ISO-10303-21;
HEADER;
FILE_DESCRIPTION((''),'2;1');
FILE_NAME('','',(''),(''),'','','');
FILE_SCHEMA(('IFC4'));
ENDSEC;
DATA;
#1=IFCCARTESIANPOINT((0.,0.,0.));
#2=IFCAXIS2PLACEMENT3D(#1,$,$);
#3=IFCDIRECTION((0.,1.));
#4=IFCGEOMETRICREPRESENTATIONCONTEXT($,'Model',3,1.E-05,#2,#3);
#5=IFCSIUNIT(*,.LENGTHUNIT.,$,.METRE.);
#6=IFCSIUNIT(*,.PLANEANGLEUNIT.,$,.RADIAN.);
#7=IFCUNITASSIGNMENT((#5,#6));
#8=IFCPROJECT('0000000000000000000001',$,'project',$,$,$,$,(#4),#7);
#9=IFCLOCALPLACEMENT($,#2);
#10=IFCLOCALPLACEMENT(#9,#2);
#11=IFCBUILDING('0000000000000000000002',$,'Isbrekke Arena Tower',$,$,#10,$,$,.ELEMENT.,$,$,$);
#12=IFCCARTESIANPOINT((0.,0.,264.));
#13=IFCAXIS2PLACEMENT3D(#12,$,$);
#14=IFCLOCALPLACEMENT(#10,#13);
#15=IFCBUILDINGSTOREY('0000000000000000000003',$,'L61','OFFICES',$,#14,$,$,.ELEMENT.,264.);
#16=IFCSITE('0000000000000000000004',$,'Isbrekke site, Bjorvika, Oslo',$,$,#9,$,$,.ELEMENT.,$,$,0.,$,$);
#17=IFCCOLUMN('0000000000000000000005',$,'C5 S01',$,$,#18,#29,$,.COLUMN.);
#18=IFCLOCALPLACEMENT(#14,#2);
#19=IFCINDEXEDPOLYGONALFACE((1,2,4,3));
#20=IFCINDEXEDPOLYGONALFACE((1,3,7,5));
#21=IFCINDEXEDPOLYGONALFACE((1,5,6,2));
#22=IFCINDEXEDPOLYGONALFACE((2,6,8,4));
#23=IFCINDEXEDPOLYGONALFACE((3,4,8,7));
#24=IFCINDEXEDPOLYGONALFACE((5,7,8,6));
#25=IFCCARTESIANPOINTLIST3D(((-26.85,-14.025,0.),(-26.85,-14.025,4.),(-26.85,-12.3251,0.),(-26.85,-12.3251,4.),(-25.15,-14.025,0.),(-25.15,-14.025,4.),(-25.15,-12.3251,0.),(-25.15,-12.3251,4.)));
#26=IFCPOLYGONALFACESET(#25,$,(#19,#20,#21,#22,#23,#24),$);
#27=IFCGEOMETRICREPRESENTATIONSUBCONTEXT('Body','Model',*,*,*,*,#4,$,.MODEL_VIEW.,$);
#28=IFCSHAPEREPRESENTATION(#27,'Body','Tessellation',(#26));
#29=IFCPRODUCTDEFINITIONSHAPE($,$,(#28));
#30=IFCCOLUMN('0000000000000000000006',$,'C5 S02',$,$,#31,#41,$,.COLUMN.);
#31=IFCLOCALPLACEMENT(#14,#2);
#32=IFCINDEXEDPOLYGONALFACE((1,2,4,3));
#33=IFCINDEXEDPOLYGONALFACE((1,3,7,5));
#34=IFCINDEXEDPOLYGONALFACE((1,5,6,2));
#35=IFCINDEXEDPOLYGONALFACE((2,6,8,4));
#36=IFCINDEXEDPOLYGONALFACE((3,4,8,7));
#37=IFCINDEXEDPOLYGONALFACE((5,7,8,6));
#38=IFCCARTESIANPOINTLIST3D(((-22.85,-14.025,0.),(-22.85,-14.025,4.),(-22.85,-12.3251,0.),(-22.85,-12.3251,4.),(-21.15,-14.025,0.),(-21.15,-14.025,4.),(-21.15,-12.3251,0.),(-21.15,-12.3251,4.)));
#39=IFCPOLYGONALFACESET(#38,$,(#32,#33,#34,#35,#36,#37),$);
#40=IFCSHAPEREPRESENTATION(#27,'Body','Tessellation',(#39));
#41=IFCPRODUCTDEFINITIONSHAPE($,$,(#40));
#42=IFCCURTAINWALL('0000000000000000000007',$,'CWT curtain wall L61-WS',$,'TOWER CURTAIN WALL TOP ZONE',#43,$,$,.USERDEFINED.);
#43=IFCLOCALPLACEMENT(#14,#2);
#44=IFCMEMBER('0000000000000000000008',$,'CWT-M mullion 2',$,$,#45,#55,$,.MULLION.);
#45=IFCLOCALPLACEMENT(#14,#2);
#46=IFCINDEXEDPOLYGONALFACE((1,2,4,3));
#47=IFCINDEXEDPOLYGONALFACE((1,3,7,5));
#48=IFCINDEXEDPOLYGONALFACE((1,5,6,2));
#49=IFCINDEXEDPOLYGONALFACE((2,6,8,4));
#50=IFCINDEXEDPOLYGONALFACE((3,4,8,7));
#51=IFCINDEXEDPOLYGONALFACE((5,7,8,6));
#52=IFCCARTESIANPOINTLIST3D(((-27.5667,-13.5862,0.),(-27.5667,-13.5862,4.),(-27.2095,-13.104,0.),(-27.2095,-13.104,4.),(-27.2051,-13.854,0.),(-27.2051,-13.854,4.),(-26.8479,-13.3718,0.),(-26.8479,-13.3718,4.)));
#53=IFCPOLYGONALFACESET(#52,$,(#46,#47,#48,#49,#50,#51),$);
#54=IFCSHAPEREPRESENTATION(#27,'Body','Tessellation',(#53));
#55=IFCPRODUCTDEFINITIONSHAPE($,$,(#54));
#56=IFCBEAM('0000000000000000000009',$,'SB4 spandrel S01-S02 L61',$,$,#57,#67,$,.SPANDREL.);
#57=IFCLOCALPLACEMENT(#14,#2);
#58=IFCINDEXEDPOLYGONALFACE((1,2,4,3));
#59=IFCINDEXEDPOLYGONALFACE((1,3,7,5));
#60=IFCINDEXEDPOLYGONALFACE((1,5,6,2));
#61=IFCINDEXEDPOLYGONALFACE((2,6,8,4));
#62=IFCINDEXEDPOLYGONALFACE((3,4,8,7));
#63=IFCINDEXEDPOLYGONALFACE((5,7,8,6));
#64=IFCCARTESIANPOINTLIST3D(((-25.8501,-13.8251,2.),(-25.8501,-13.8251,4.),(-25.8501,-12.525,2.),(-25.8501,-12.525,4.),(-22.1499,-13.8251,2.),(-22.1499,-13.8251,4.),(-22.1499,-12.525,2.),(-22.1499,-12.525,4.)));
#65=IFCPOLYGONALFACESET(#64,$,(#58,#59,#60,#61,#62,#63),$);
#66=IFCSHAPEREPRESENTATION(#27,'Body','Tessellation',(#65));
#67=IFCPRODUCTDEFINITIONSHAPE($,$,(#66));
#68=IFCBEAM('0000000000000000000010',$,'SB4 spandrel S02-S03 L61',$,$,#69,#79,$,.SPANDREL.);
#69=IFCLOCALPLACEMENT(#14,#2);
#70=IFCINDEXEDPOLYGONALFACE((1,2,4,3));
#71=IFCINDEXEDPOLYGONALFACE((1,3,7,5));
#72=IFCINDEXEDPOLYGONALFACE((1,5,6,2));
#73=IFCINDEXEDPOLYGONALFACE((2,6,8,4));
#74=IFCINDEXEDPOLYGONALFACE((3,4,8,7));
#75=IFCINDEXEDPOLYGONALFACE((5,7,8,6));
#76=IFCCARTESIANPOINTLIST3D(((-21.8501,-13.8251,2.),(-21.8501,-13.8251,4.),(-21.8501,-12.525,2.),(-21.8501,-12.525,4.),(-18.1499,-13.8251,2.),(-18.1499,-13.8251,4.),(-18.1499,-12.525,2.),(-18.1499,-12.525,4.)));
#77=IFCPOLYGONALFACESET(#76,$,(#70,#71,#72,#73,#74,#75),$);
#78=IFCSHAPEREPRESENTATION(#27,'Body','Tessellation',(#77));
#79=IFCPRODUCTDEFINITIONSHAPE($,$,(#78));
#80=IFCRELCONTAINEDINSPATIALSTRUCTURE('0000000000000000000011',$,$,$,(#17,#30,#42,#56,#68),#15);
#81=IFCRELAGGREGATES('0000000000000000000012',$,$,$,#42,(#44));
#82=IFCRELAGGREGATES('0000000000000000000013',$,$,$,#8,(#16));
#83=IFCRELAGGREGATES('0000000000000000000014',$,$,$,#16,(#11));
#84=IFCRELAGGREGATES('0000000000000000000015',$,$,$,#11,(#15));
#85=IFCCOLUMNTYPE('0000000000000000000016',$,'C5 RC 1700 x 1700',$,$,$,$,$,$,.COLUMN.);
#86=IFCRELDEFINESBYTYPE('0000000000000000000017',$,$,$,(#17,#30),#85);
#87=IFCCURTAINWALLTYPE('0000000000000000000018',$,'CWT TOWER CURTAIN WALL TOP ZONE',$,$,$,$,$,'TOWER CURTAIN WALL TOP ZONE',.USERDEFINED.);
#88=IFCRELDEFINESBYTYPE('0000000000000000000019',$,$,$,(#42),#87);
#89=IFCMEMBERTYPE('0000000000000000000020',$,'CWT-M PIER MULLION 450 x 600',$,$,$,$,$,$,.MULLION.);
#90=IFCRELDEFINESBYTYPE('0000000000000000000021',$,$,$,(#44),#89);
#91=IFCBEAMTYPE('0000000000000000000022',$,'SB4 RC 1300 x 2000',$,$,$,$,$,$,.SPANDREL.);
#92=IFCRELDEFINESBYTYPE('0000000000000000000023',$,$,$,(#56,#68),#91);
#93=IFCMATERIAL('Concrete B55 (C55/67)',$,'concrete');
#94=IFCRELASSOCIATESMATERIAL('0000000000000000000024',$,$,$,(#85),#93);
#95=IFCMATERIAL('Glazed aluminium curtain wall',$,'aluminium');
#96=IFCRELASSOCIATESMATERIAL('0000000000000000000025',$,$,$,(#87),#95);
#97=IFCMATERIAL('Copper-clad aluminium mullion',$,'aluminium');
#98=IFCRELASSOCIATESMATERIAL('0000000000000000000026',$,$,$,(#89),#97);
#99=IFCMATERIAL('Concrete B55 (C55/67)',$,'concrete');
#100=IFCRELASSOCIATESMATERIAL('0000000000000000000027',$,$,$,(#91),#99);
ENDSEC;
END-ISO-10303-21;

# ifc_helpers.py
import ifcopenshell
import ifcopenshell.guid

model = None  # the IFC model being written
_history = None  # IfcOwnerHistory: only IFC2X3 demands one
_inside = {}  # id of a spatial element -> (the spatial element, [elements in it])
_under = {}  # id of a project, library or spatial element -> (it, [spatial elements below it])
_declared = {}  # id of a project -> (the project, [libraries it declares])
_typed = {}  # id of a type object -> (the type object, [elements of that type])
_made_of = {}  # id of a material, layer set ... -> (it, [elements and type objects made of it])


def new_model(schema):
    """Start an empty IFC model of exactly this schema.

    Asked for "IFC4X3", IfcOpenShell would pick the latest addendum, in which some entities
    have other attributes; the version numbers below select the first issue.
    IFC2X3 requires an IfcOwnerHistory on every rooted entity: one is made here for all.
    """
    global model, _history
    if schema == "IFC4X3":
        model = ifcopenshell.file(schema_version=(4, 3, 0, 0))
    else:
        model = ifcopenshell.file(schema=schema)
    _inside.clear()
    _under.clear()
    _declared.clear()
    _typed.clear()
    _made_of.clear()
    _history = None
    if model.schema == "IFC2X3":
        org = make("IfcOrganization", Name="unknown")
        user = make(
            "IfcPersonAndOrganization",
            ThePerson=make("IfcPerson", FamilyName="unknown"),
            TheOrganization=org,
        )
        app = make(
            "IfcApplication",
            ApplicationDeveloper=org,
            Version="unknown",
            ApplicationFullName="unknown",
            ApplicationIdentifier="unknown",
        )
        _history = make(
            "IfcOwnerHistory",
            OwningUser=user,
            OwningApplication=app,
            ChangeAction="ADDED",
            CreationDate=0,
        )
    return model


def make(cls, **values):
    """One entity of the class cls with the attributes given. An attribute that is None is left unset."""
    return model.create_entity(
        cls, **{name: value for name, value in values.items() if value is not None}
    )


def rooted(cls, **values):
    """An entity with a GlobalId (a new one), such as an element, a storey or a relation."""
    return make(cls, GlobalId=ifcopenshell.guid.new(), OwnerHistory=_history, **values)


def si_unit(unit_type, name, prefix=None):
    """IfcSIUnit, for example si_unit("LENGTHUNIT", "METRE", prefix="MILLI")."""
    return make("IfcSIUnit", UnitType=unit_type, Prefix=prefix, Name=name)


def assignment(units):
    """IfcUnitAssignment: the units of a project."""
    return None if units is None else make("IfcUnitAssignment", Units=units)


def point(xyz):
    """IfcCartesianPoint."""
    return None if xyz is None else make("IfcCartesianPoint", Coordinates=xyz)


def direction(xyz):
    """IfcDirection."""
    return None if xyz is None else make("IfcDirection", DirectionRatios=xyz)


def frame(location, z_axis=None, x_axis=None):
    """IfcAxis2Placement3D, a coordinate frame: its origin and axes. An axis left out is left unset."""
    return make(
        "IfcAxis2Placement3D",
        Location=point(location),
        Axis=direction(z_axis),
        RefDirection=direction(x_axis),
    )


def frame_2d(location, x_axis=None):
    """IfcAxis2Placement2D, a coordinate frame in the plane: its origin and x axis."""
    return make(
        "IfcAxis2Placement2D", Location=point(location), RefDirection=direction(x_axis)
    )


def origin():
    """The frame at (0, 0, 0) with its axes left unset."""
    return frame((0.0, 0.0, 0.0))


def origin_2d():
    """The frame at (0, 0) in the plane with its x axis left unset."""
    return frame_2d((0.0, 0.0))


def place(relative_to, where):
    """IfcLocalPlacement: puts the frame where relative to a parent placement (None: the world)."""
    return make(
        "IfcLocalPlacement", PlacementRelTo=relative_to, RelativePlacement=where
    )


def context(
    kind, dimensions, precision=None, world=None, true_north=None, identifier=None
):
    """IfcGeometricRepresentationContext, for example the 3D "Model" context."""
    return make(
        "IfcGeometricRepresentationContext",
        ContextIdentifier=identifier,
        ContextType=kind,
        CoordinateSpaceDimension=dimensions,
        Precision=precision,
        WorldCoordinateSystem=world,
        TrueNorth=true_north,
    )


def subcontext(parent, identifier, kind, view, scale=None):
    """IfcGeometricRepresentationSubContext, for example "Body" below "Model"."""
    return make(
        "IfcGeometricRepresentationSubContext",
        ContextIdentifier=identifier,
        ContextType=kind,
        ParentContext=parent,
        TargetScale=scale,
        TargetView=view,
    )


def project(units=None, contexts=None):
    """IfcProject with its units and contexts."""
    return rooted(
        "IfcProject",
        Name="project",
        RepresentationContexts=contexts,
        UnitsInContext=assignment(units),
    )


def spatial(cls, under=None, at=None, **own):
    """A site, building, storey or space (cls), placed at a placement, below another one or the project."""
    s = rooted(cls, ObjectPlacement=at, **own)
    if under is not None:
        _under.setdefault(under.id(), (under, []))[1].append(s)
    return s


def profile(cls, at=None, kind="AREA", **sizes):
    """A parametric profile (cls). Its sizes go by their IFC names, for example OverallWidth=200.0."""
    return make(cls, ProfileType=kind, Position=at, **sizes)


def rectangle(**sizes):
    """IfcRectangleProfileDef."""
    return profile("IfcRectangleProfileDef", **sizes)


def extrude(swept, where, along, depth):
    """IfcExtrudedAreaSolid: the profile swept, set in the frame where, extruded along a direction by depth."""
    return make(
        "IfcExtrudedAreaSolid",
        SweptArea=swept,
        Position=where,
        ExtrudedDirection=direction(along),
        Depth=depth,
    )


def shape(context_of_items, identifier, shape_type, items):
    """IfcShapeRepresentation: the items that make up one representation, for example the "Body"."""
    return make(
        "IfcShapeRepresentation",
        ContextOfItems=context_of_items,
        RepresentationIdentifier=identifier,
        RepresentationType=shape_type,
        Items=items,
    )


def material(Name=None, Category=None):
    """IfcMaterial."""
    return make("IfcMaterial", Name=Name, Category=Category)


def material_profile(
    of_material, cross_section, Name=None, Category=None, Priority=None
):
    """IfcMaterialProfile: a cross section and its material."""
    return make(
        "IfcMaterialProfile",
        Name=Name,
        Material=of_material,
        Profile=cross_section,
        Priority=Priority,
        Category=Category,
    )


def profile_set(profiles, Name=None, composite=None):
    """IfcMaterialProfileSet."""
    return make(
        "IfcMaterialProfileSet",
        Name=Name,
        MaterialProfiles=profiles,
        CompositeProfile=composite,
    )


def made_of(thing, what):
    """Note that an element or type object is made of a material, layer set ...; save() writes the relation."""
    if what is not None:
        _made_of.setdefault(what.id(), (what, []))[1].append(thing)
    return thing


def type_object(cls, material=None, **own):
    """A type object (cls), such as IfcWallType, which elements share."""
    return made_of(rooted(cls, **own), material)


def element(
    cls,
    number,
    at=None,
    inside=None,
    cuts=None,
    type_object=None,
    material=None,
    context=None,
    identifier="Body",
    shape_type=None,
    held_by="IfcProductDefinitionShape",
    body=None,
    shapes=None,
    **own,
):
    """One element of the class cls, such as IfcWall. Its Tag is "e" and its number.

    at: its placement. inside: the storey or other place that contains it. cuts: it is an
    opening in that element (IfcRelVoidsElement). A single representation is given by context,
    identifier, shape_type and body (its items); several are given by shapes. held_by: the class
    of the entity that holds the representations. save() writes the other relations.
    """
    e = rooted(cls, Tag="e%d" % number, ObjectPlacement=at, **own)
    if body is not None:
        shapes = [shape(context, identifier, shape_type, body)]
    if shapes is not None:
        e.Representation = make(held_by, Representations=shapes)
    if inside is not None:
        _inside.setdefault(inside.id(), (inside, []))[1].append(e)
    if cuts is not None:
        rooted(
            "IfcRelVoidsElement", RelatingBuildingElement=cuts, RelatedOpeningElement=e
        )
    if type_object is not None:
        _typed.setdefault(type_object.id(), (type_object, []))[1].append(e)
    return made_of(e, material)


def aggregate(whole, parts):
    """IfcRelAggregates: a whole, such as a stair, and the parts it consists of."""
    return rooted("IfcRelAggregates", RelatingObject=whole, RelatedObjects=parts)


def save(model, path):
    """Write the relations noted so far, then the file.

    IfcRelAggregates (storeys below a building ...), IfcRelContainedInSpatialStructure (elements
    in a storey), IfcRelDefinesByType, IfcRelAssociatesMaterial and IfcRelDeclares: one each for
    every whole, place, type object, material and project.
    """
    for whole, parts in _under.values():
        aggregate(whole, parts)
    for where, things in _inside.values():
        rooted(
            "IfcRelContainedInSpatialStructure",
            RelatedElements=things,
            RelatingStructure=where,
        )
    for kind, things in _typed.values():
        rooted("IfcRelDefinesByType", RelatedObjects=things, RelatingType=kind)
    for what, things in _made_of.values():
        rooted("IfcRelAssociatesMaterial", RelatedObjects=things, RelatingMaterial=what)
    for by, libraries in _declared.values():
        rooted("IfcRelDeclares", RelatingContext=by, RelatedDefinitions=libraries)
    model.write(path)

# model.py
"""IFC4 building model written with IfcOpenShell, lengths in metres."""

from ifc_helpers import new_model, si_unit, direction, frame, origin, origin_2d, place, context, subcontext, project, spatial, rectangle, extrude, material, material_profile, profile_set, type_object, element, aggregate, save


model = new_model("IFC4")

# Units and contexts
model_context = context("Model", 3, precision=1e-05, world=origin(), true_north=direction((0.0, 1.0)))
body_context = subcontext(model_context, "Body", "Model", "MODEL_VIEW")
ifc_project = project(units=[si_unit("LENGTHUNIT", "METRE"), si_unit("PLANEANGLEUNIT", "RADIAN")], contexts=[model_context])

# Site, building, storey
site_placement = place(None, origin())
site = spatial("IfcSite", under=ifc_project, at=site_placement, Name="Isbrekke site, Bjorvika, Oslo", CompositionType="ELEMENT", RefElevation=0.0)
building_placement = place(site_placement, origin())
building = spatial("IfcBuilding", under=site, at=building_placement, Name="Isbrekke Arena Tower", CompositionType="ELEMENT")
storey_placement = place(building_placement, frame((0.0, 0.0, 264.0)))
storey = spatial("IfcBuildingStorey", under=building, at=storey_placement, Name="L61", Description="OFFICES", CompositionType="ELEMENT", Elevation=264.0)

# Columns
ifc_material_1 = material(Name="Concrete B55 (C55/67)", Category="concrete")
ifc_material_profile_1 = material_profile(ifc_material_1, rectangle(XDim=1.7, YDim=1.7, at=origin_2d()), Name="RC 1700x1700")
ifc_profile_set_1 = profile_set([ifc_material_profile_1], Name="Concrete B55 (C55/67)")
column_type = type_object("IfcColumnType", Name="C5 RC 1700 x 1700", PredefinedType="COLUMN", material=ifc_profile_set_1)
for number, where, z_axis, x_axis, name in (
    (1, (-26.0, -13.175, 0.0), (0.0, 0.0, 1.0), (1.0, 0.0, 0.0), "C5 S01"),
    (2, (-22.0, -13.175, 0.0), (0.0, 0.0, 1.0), (1.0, 0.0, 0.0), "C5 S02"),
):
    element("IfcColumn", number, at=place(storey_placement, frame(where, z_axis=z_axis, x_axis=x_axis)), inside=storey, type_object=column_type, Name=name, PredefinedType="COLUMN", context=body_context, shape_type="SweptSolid", body=[
        extrude(rectangle(XDim=1.7, YDim=1.7, at=origin_2d()), origin(), (0.0, 0.0, 1.0), 4.0),
    ])

# Curtain wall, member
ifc_material_2 = material(Name="Glazed aluminium curtain wall", Category="aluminium")
curtain_wall_type = type_object("IfcCurtainWallType", Name="CWT TOWER CURTAIN WALL TOP ZONE", ElementType="TOWER CURTAIN WALL TOP ZONE", PredefinedType="USERDEFINED", material=ifc_material_2)
curtain_wall_placement = place(storey_placement, origin())
curtain_wall = element("IfcCurtainWall", 3, at=curtain_wall_placement, inside=storey, type_object=curtain_wall_type, Name="CWT curtain wall L61-WS", ObjectType="TOWER CURTAIN WALL TOP ZONE", PredefinedType="USERDEFINED")
ifc_material_3 = material(Name="Copper-clad aluminium mullion", Category="aluminium")
ifc_material_profile_2 = material_profile(ifc_material_3, rectangle(XDim=0.45, YDim=0.6001, at=origin_2d()), Name="PIER 450X600")
ifc_profile_set_2 = profile_set([ifc_material_profile_2], Name="Copper-clad aluminium mullion")
member_type = type_object("IfcMemberType", Name="CWT-M PIER MULLION 450 x 600", PredefinedType="MULLION", material=ifc_profile_set_2)
member_placement = place(storey_placement, frame((-27.2073, -13.479, 0.0), z_axis=(0.0, 0.0, 1.0), x_axis=(0.803557, -0.595228, 0.0)))
member = element("IfcMember", 4, at=member_placement, type_object=member_type, Name="CWT-M mullion 2", PredefinedType="MULLION", context=body_context, shape_type="SweptSolid", body=[
    extrude(rectangle(XDim=0.45, YDim=0.6001, at=origin_2d()), origin(), (0.0, 0.0, 1.0), 4.0),
])
aggregate(curtain_wall, [member])

# Beams
ifc_material_4 = material(Name="Concrete B55 (C55/67)", Category="concrete")
ifc_material_profile_3 = material_profile(ifc_material_4, rectangle(XDim=1.3, YDim=2.0, at=origin_2d()), Name="RC 1300x2000")
ifc_profile_set_3 = profile_set([ifc_material_profile_3], Name="Concrete B55 (C55/67)")
beam_type = type_object("IfcBeamType", Name="SB4 RC 1300 x 2000", PredefinedType="SPANDREL", material=ifc_profile_set_3)
for number, where, z_axis, x_axis, name in (
    (5, (-25.8501, -13.175, 3.0), (1.0, 0.0, 0.0), (0.0, 1.0, 0.0), "SB4 spandrel S01-S02 L61"),
    (6, (-21.8501, -13.175, 3.0), (1.0, 0.0, 0.0), (0.0, 1.0, 0.0), "SB4 spandrel S02-S03 L61"),
):
    element("IfcBeam", number, at=place(storey_placement, frame(where, z_axis=z_axis, x_axis=x_axis)), inside=storey, type_object=beam_type, Name=name, PredefinedType="SPANDREL", context=body_context, shape_type="SweptSolid", body=[
        extrude(rectangle(XDim=1.3, YDim=2.0, at=origin_2d()), origin(), (0.0, 0.0, 1.0), 3.7002),
    ])

save(model, "model.ifc")
